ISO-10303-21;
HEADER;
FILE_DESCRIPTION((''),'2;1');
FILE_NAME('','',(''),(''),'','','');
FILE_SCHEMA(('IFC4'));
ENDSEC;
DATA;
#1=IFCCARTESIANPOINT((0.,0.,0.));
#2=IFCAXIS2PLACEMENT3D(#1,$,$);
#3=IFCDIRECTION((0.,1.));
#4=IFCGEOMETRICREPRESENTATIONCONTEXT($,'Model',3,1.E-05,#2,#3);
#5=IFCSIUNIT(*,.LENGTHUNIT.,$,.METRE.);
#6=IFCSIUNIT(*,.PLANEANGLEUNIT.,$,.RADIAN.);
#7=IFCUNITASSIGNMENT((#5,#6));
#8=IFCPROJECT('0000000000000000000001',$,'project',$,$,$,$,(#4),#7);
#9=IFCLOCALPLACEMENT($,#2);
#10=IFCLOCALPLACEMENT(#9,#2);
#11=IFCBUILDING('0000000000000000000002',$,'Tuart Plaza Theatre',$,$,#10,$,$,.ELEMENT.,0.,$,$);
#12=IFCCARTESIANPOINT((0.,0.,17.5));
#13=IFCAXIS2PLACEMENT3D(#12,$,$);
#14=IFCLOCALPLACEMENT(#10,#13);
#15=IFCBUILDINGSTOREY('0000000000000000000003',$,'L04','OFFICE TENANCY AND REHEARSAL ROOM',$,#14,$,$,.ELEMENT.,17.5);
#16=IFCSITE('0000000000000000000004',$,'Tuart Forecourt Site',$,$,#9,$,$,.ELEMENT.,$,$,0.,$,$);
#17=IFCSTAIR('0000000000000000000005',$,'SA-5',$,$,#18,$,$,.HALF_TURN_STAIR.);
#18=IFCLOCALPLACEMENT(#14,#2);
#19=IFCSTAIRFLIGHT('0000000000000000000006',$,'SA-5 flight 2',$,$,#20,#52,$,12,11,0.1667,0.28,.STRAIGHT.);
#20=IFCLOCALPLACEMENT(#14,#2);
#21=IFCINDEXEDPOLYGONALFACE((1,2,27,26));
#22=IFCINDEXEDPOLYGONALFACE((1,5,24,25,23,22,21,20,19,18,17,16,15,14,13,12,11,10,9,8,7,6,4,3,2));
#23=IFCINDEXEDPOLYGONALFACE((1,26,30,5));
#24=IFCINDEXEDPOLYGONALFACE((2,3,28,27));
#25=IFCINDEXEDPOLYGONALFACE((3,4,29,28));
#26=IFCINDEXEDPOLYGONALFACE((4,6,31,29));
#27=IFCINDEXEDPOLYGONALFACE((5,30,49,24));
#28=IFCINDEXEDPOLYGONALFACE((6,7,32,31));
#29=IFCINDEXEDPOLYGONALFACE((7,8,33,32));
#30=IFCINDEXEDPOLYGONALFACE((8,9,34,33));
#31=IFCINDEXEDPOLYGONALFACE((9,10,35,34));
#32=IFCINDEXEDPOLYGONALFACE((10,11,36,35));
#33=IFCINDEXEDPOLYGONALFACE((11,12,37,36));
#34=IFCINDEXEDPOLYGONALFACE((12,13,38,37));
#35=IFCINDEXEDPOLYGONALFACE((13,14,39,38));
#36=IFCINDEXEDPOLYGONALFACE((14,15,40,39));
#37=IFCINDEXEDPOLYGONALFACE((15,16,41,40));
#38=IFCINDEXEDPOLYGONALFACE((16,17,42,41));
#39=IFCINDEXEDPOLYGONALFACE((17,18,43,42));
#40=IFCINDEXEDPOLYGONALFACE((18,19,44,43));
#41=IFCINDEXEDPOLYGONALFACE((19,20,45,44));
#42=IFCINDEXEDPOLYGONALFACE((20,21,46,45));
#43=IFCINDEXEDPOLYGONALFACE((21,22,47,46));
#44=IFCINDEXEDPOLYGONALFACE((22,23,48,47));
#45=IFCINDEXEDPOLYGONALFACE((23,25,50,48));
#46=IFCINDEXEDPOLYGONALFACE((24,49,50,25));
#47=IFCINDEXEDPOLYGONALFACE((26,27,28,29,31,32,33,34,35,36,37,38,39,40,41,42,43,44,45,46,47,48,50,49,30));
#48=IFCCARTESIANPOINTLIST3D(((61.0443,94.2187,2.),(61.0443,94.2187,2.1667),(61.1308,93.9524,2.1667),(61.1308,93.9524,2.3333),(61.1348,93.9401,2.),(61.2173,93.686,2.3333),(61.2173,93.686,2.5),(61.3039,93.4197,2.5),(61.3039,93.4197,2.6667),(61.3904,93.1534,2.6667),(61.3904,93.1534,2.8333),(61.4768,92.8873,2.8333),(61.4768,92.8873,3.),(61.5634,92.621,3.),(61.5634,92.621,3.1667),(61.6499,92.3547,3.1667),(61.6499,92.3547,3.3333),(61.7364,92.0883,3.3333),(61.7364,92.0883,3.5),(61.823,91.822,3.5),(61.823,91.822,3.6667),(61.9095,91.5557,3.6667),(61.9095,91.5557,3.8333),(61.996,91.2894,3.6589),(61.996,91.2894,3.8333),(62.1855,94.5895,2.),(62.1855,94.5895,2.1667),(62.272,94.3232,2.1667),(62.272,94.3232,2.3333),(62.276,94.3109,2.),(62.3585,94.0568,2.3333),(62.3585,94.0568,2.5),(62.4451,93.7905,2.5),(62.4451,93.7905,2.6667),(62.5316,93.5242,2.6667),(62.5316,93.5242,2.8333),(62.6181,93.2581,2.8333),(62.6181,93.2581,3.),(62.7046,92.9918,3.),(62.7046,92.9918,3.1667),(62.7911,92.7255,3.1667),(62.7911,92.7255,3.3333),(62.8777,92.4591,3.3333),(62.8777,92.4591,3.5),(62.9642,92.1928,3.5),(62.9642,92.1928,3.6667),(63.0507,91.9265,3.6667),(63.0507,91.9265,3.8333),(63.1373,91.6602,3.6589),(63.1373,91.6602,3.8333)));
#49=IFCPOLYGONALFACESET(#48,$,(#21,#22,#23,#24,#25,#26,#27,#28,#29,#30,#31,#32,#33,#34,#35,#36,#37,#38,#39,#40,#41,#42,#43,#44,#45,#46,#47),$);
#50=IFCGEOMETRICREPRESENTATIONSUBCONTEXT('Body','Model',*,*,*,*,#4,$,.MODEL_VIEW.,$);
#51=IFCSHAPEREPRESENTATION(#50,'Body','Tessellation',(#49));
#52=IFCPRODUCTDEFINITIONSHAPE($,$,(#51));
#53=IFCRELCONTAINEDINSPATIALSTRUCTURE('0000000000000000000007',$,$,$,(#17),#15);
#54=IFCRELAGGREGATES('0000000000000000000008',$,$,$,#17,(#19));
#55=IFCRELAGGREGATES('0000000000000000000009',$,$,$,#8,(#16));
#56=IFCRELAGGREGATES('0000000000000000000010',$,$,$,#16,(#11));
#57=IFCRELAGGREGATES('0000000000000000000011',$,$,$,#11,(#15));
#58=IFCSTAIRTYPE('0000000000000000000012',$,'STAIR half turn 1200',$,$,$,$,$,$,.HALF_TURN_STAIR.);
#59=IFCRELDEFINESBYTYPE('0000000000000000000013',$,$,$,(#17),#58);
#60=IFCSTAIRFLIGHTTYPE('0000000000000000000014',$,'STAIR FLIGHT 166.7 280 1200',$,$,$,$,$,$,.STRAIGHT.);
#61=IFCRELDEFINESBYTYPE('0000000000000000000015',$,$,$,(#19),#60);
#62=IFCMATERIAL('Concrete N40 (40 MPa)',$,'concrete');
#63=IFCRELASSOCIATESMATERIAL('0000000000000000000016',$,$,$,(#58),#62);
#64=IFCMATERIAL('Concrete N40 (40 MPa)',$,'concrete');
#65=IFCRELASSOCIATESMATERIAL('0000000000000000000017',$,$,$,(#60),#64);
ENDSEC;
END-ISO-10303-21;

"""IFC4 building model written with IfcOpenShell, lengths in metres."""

from ifc_helpers import new_model, si_unit, direction, frame, origin, place, context, subcontext, project, spatial, polyline, outline, extrude, material, type_object, element, aggregate, save


model = new_model("IFC4")

# Units and contexts
model_context = context("Model", 3, precision=1e-05, world=origin(), true_north=direction((0.0, 1.0)))
body_context = subcontext(model_context, "Body", "Model", "MODEL_VIEW")
ifc_project = project(units=[si_unit("LENGTHUNIT", "METRE"), si_unit("PLANEANGLEUNIT", "RADIAN")], contexts=[model_context])

# Site, building, storey
site_placement = place(None, origin())
site = spatial("IfcSite", under=ifc_project, at=site_placement, Name="Tuart Forecourt Site", CompositionType="ELEMENT", RefElevation=0.0)
building_placement = place(site_placement, origin())
building = spatial("IfcBuilding", under=site, at=building_placement, Name="Tuart Plaza Theatre", CompositionType="ELEMENT", ElevationOfRefHeight=0.0)
storey_placement = place(building_placement, frame((0.0, 0.0, 17.5)))
storey = spatial("IfcBuildingStorey", under=building, at=storey_placement, Name="L04", Description="OFFICE TENANCY AND REHEARSAL ROOM", CompositionType="ELEMENT", Elevation=17.5)

# Stair, stair flight
ifc_material_1 = material(Name="Concrete N40 (40 MPa)", Category="concrete")
stair_type = type_object("IfcStairType", Name="STAIR half turn 1200", PredefinedType="HALF_TURN_STAIR", material=ifc_material_1)
stair_placement = place(storey_placement, origin())
stair = element("IfcStair", 1, at=stair_placement, inside=storey, type_object=stair_type, Name="SA-5", PredefinedType="HALF_TURN_STAIR")
ifc_material_2 = material(Name="Concrete N40 (40 MPa)", Category="concrete")
stair_flight_type = type_object("IfcStairFlightType", Name="STAIR FLIGHT 166.7 280 1200", PredefinedType="STRAIGHT", material=ifc_material_2)
stair_flight_1_placement = place(storey_placement, frame((61.6147, 94.4041, 2.0), z_axis=(0.0, 0.0, 1.0), x_axis=(0.309017, -0.951057, 0.0)))
stair_flight_1 = element("IfcStairFlight", 2, at=stair_flight_1_placement, type_object=stair_flight_type, Name="SA-5 flight 2", NumberOfRisers=12, NumberOfTreads=11, PredefinedType="STRAIGHT", RiserHeight=0.1667, TreadLength=0.28, context=body_context, shape_type="SweptSolid", body=[
    extrude(outline(polyline([(0.0, 0.0), (0.0, 0.1667), (0.28, 0.1667), (0.28, 0.3333), (0.5601, 0.3333), (0.5601, 0.5), (0.8401, 0.5), (0.8401, 0.6667), (1.1201, 0.6667), (1.1201, 0.8333), (1.3999, 0.8333), (1.3999, 1.0), (1.6799, 1.0), (1.6799, 1.1667), (1.96, 1.1667), (1.96, 1.3333), (2.24, 1.3333), (2.24, 1.5), (2.52, 1.5), (2.52, 1.6667), (2.8, 1.6667), (2.8, 1.8333), (3.0801, 1.8333), (3.0801, 2.0), (3.0801, 1.6589), (0.293, 0.0), (0.0, 0.0)])), frame((0.0, 0.6001, 0.0), z_axis=(0.0, -1.0, 0.0), x_axis=(1.0, 0.0, 0.0)), (0.0, 0.0, 1.0), 1.2),
])
aggregate(stair, [stair_flight_1])

save(model, "model.ifc")
